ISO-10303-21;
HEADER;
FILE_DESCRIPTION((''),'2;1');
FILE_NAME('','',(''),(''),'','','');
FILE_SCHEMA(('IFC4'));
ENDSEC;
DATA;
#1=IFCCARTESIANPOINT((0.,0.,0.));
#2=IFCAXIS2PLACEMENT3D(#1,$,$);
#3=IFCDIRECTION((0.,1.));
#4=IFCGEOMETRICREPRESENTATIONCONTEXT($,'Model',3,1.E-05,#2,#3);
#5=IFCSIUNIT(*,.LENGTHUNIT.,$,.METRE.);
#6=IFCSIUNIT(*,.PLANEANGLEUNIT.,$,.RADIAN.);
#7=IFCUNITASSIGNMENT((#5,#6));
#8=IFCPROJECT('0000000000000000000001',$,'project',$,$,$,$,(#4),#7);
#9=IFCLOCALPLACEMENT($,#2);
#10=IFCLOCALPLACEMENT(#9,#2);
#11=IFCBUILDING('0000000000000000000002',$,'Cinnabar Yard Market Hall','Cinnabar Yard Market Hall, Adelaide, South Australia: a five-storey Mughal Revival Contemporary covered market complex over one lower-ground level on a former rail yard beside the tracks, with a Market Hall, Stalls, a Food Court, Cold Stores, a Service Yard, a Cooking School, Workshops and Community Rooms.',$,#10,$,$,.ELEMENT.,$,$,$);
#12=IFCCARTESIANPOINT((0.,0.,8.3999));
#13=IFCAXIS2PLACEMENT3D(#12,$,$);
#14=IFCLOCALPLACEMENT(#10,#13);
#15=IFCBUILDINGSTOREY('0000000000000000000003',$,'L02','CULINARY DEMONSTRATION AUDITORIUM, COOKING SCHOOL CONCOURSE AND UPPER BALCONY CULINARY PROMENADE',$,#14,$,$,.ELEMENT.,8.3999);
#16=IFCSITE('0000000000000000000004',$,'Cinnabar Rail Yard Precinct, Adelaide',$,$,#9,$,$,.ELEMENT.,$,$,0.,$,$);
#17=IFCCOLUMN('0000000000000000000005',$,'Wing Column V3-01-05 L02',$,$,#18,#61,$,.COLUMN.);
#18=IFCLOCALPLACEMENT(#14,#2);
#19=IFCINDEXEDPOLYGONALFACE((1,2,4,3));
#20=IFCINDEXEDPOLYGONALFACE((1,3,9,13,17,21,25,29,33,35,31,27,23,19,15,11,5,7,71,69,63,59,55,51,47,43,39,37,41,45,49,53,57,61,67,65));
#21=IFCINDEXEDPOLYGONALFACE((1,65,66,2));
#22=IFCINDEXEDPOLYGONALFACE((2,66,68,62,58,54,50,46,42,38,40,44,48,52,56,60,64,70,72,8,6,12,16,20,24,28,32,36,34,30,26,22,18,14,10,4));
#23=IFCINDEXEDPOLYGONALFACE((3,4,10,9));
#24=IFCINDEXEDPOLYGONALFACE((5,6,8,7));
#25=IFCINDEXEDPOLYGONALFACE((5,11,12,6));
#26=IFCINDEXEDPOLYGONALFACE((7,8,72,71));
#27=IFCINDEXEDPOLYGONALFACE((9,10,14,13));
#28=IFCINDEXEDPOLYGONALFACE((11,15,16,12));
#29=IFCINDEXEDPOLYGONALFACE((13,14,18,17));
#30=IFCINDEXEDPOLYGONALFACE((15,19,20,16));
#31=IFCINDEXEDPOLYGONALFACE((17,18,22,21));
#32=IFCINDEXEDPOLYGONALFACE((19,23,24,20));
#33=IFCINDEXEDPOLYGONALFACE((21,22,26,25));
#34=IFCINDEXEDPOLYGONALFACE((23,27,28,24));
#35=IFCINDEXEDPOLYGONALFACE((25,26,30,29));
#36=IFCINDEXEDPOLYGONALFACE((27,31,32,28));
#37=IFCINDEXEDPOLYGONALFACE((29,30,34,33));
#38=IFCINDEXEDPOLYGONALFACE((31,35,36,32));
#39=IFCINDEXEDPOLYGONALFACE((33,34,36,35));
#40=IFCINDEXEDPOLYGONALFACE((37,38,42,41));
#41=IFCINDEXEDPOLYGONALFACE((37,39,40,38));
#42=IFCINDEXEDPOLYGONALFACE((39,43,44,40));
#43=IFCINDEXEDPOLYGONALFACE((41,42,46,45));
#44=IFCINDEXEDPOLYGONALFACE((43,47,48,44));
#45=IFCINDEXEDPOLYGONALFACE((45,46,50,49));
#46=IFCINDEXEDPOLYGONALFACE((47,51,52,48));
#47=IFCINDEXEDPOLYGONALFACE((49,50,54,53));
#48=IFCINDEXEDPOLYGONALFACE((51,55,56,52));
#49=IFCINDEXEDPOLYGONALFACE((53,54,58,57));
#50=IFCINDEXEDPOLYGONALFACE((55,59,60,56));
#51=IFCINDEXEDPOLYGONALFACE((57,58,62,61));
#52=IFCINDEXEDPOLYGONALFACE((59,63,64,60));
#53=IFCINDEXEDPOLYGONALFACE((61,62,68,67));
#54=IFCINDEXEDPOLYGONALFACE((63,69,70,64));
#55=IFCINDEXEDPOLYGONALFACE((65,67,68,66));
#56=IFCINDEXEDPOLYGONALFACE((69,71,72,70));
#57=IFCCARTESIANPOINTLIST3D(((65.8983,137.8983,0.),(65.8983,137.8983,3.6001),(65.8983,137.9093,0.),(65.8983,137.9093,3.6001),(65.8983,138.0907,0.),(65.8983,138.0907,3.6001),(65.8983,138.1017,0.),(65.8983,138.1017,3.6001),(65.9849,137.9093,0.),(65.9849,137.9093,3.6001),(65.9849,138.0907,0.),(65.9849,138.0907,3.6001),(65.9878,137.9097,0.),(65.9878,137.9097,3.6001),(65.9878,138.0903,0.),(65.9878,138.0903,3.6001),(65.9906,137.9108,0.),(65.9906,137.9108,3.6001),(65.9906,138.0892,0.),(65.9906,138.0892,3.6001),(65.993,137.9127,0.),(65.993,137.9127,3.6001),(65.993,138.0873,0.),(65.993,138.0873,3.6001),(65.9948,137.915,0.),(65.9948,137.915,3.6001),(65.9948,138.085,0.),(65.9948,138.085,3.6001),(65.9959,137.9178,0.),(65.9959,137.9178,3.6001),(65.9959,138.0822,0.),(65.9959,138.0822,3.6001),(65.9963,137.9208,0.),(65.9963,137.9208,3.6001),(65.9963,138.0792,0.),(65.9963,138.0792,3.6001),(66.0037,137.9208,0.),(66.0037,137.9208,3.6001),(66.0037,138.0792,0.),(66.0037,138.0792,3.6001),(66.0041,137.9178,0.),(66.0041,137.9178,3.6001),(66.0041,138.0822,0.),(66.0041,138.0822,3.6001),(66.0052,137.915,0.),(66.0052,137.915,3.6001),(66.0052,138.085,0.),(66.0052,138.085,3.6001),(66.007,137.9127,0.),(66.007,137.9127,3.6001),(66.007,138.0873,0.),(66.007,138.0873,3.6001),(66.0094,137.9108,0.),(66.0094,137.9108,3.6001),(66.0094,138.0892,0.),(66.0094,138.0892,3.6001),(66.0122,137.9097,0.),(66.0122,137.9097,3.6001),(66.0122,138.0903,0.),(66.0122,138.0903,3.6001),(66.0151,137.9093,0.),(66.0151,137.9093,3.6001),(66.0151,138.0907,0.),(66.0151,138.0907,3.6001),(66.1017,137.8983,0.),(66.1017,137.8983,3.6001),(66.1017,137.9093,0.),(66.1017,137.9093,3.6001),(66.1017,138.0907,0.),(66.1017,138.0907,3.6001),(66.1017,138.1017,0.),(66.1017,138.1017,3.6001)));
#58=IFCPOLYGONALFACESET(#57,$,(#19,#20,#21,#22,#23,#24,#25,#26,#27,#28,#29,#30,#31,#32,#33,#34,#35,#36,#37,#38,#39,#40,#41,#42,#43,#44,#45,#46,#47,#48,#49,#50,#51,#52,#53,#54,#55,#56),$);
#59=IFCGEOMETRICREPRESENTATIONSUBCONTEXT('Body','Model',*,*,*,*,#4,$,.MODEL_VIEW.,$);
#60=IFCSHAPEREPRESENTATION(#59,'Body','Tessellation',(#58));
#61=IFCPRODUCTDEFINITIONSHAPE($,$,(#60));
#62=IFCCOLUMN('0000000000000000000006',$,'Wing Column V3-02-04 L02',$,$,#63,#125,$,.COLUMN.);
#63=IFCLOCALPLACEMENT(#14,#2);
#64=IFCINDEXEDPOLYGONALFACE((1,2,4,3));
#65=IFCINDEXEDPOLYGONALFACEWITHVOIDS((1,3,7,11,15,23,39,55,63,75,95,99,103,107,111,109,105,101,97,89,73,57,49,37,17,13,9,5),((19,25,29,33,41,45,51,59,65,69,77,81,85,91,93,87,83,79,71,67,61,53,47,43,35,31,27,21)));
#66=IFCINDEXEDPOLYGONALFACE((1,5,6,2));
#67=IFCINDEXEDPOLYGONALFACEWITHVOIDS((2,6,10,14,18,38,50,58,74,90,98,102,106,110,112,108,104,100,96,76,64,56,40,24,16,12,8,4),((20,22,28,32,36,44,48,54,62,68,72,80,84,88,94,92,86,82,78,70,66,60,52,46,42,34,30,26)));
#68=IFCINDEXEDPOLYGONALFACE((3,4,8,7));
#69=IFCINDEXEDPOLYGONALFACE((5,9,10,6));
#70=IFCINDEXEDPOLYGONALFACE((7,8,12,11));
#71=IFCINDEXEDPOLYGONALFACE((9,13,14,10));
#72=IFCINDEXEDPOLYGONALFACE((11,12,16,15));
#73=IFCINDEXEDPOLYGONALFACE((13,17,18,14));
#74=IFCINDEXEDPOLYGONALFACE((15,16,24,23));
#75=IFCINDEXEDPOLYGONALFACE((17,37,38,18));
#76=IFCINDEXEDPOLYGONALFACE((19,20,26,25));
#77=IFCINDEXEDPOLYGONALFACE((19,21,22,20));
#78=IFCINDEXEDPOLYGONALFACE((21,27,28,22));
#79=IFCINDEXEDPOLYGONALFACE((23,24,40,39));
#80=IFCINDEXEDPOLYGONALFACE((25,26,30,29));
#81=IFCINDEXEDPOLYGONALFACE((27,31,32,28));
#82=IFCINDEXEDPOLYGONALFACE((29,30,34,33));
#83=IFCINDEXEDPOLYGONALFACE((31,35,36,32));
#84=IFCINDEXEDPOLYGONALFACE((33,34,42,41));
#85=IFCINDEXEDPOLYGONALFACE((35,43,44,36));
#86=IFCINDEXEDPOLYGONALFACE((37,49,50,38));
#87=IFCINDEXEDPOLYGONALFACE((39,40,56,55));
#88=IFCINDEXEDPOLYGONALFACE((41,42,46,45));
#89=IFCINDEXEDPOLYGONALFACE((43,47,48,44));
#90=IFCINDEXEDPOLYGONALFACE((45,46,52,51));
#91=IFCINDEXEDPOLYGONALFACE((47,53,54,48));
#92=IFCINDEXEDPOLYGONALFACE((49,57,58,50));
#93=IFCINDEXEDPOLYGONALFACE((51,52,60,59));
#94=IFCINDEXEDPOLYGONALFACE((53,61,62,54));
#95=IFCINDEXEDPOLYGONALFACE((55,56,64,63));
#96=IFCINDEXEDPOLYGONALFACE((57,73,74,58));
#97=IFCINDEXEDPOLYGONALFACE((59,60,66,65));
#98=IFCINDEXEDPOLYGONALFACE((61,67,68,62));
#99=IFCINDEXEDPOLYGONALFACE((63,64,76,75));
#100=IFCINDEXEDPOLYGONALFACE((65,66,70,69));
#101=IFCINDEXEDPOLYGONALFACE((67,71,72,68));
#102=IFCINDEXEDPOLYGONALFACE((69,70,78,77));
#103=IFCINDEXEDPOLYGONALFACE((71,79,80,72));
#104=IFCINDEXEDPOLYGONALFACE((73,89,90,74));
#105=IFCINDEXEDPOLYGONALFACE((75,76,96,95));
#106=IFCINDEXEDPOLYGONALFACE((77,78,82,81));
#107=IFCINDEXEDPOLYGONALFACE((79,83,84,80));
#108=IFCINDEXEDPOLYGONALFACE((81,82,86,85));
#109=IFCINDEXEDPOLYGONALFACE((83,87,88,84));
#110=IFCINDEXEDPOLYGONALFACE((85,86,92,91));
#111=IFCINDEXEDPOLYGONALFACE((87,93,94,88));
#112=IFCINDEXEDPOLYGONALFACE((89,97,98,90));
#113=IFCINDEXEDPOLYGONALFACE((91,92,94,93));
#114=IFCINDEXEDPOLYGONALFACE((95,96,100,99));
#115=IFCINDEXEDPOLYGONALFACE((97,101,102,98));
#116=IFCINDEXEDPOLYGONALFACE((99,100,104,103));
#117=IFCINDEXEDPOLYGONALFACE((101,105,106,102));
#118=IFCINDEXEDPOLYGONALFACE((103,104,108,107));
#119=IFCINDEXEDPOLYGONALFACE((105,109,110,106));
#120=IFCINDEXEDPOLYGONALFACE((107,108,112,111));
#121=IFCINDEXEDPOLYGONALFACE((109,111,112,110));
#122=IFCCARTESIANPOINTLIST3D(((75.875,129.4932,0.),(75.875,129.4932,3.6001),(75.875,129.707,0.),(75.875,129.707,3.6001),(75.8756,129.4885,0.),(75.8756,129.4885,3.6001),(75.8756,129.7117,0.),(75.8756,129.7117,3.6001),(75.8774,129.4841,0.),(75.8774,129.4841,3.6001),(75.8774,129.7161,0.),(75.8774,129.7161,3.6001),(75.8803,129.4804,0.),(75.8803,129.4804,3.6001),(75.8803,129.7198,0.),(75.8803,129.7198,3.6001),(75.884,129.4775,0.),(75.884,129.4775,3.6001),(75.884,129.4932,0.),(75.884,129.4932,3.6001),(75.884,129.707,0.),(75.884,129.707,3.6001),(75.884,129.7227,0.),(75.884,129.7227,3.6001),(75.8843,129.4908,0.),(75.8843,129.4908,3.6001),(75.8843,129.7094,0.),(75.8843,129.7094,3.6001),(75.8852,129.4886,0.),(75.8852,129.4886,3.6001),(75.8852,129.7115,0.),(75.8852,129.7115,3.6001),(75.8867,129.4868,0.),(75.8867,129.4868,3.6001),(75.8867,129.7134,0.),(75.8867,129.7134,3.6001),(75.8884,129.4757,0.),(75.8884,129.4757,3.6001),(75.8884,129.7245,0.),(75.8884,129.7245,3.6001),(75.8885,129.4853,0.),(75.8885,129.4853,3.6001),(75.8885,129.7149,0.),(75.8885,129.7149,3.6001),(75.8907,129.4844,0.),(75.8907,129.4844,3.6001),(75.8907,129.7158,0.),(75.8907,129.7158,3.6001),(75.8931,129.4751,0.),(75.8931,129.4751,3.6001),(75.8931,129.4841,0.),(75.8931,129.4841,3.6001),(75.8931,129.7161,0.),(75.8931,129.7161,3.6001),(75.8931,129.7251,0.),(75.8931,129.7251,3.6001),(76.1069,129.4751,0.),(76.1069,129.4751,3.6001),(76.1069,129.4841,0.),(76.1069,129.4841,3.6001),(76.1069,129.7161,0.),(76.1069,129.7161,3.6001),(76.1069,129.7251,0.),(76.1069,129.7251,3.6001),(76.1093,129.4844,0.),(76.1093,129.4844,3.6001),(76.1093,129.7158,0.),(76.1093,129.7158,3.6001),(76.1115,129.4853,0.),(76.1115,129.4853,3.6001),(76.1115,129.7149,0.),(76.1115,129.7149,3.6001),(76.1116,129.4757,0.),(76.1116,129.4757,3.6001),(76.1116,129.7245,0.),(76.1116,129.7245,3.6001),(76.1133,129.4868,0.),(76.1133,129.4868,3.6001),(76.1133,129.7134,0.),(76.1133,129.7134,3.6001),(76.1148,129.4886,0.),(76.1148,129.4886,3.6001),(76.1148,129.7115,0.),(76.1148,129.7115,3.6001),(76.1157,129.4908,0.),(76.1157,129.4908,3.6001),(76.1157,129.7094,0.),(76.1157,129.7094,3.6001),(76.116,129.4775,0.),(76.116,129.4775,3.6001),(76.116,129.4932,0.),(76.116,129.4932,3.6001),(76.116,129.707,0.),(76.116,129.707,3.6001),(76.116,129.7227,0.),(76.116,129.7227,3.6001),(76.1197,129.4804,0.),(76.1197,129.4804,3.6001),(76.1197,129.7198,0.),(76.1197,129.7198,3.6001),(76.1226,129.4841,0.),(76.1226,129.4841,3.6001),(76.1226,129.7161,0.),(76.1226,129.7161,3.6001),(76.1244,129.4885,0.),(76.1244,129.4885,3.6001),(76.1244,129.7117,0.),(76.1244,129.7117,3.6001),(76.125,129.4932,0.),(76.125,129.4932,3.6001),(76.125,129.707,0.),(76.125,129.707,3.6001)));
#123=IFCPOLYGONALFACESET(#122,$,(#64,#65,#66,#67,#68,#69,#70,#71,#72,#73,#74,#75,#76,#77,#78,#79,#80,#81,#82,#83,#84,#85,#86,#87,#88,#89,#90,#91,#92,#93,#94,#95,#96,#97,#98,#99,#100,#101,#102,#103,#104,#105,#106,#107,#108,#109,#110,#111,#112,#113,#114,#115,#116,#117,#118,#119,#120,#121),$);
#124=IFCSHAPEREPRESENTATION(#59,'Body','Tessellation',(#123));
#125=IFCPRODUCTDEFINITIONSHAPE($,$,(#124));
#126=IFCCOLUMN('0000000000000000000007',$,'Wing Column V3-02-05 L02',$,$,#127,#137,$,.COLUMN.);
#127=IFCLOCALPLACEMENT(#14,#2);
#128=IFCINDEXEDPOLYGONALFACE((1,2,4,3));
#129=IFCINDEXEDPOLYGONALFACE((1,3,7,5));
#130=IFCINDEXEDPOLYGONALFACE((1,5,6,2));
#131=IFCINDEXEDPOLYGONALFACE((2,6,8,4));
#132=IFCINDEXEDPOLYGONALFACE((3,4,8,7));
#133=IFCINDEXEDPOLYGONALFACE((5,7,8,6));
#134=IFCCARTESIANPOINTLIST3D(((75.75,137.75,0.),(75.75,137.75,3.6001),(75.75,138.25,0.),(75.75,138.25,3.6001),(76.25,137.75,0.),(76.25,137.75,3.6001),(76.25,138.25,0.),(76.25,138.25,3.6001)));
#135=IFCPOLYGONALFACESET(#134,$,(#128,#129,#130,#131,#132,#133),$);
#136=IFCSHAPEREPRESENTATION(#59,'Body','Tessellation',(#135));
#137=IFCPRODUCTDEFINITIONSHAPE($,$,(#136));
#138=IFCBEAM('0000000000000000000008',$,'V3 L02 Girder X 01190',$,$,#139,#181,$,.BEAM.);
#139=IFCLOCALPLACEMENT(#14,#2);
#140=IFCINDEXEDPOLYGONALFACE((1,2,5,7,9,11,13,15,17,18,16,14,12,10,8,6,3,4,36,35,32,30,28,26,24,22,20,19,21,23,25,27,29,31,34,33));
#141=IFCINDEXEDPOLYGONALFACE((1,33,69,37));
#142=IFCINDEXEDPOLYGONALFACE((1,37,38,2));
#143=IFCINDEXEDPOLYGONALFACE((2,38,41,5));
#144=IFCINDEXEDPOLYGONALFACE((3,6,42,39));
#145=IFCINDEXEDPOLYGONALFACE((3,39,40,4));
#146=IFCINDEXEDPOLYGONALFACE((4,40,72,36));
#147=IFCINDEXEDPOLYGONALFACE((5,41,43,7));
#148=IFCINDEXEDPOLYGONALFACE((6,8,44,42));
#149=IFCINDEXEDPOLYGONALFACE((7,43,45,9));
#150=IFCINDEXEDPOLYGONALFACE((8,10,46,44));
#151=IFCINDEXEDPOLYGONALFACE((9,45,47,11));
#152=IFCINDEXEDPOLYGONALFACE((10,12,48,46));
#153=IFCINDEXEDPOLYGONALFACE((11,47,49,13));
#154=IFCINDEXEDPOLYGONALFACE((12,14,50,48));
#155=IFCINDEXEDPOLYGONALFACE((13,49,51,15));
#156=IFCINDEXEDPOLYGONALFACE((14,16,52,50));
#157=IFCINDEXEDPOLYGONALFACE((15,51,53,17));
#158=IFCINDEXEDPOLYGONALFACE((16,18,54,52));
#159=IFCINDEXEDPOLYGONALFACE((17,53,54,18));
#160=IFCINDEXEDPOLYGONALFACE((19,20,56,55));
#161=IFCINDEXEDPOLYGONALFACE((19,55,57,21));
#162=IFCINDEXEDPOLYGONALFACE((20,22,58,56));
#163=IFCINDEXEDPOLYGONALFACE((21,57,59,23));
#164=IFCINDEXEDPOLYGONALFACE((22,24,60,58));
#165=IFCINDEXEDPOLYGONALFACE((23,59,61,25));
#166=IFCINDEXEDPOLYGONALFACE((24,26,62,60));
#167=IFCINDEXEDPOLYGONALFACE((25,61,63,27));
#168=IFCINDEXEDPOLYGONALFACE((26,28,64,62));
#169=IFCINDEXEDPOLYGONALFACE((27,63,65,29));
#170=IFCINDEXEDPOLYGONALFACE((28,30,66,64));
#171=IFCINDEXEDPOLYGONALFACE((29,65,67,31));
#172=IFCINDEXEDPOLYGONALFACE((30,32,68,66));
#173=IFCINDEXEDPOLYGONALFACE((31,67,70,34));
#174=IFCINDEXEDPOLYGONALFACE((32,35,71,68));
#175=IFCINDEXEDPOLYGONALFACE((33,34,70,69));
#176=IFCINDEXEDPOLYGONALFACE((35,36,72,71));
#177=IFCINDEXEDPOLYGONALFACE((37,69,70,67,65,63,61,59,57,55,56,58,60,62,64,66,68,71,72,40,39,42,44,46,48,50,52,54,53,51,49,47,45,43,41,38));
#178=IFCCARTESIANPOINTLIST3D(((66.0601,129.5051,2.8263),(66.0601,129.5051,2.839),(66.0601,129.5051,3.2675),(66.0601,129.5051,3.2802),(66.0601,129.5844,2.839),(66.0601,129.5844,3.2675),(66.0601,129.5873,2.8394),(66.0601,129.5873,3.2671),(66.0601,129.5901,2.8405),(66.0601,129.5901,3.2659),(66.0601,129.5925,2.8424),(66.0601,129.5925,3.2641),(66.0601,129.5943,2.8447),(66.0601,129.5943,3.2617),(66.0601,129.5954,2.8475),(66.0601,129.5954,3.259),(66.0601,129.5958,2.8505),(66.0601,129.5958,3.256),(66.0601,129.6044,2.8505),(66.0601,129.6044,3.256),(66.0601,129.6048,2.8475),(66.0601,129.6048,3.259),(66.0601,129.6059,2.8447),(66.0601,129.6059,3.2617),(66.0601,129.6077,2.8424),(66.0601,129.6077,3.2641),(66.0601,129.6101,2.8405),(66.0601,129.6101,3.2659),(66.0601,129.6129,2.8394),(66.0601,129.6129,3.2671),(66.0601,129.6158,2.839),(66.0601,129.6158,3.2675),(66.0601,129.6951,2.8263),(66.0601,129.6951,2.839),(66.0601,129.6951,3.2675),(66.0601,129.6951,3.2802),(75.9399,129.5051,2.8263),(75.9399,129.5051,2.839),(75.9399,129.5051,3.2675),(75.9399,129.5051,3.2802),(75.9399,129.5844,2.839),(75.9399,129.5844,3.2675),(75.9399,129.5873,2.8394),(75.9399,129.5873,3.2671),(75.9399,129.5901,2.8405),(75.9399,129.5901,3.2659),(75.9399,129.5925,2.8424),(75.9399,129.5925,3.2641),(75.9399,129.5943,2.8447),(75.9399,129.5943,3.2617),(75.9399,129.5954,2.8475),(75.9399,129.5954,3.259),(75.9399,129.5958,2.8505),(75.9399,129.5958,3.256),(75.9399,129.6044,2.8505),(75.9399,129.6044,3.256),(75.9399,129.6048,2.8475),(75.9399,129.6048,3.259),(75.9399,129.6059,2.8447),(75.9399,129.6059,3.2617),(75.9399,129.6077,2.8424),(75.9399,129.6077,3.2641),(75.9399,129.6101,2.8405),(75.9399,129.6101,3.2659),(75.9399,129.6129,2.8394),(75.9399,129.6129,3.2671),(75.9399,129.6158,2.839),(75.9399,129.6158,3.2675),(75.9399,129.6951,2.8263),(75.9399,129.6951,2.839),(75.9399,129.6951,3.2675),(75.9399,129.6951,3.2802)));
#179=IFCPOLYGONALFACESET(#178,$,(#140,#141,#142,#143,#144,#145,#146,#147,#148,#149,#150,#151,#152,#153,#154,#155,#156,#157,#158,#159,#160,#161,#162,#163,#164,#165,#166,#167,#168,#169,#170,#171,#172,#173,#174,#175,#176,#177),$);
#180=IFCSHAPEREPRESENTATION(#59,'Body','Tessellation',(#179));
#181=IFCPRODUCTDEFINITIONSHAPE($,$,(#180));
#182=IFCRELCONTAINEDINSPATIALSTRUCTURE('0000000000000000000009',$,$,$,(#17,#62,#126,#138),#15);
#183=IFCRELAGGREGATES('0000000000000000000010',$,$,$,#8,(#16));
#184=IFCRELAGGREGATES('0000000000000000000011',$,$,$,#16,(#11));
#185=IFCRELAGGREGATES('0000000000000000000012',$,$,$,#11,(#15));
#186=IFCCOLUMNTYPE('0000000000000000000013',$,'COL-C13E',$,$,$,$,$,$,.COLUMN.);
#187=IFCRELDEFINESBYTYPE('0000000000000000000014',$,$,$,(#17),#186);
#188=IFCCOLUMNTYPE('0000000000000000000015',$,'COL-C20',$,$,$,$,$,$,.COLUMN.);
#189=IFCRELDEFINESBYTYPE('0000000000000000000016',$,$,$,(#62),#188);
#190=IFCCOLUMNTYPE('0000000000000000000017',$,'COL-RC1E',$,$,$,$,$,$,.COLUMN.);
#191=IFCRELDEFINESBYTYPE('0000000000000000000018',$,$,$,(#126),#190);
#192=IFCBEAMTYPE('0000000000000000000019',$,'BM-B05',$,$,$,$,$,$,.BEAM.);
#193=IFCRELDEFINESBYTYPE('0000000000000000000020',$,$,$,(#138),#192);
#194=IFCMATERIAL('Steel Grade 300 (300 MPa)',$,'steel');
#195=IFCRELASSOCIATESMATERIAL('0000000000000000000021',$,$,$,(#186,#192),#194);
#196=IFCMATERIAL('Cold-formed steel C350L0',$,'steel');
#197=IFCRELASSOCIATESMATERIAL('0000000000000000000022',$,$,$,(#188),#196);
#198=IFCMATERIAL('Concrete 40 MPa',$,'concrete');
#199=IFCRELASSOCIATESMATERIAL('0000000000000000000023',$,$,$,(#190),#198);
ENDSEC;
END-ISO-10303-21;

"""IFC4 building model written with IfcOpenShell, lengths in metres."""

from ifc_helpers import new_model, si_unit, direction, frame, origin, origin_2d_with_axis, place, context, subcontext, project, spatial, rectangle, hollow_rectangle, i_section, extrude, material, material_profile, profile_set, type_object, element, save


model = new_model("IFC4")

# Units and contexts
model_context = context("Model", 3, precision=1e-05, world=origin(), true_north=direction((0.0, 1.0)))
body_context = subcontext(model_context, "Body", "Model", "MODEL_VIEW")
ifc_project = project(units=[si_unit("LENGTHUNIT", "METRE"), si_unit("PLANEANGLEUNIT", "RADIAN")], contexts=[model_context])

# Site, building, storey
site_placement = place(None, origin())
site = spatial("IfcSite", under=ifc_project, at=site_placement, Name="Cinnabar Rail Yard Precinct, Adelaide", CompositionType="ELEMENT", RefElevation=0.0)
building_placement = place(site_placement, origin())
building = spatial("IfcBuilding", under=site, at=building_placement, Name="Cinnabar Yard Market Hall", Description="Cinnabar Yard Market Hall, Adelaide, South Australia: a five-storey Mughal Revival Contemporary covered market complex over one lower-ground level on a former rail yard beside the tracks, with a Market Hall, Stalls, a Food Court, Cold Stores, a Service Yard, a Cooking School, Workshops and Community Rooms.", CompositionType="ELEMENT")
storey_placement = place(building_placement, frame((0.0, 0.0, 8.3999)))
storey = spatial("IfcBuildingStorey", under=building, at=storey_placement, Name="L02", Description="CULINARY DEMONSTRATION AUDITORIUM, COOKING SCHOOL CONCOURSE AND UPPER BALCONY CULINARY PROMENADE", CompositionType="ELEMENT", Elevation=8.3999)

# Columns
ifc_material_1 = material(Name="Steel Grade 300 (300 MPa)", Category="steel")
ifc_material_profile_1 = material_profile(ifc_material_1, i_section(OverallWidth=0.2034, OverallDepth=0.2034, WebThickness=0.0073, FlangeThickness=0.011, FilletRadius=0.0115, at=origin_2d_with_axis()), Name="200UC46.2")
ifc_profile_set_1 = profile_set([ifc_material_profile_1], Name="Steel Grade 300 (300 MPa)")
column_type_1 = type_object("IfcColumnType", Name="COL-C13E", PredefinedType="COLUMN", material=ifc_profile_set_1)
column_1_placement = place(storey_placement, frame((66.0, 138.0, 0.0), z_axis=(0.0, 0.0, 1.0), x_axis=(1.0, 0.0, 0.0)))
element("IfcColumn", 1, at=column_1_placement, inside=storey, type_object=column_type_1, Name="Wing Column V3-01-05 L02", PredefinedType="COLUMN", context=body_context, shape_type="SweptSolid", body=[
    extrude(i_section(OverallWidth=0.2034, OverallDepth=0.2034, WebThickness=0.0073, FlangeThickness=0.011, FilletRadius=0.0115, at=origin_2d_with_axis()), origin(), (0.0, 0.0, 1.0), 3.6001),
])
ifc_material_2 = material(Name="Cold-formed steel C350L0", Category="steel")
ifc_material_profile_2 = material_profile(ifc_material_2, hollow_rectangle(XDim=0.25, YDim=0.25, WallThickness=0.009, InnerFilletRadius=0.009, OuterFilletRadius=0.0181, at=origin_2d_with_axis()), Name="250x250x9.0SHS")
ifc_profile_set_2 = profile_set([ifc_material_profile_2], Name="Cold-formed steel C350L0")
column_type_2 = type_object("IfcColumnType", Name="COL-C20", PredefinedType="COLUMN", material=ifc_profile_set_2)
column_2_placement = place(storey_placement, frame((76.0, 129.6001, 0.0), z_axis=(0.0, 0.0, 1.0), x_axis=(1.0, 0.0, 0.0)))
element("IfcColumn", 2, at=column_2_placement, inside=storey, type_object=column_type_2, Name="Wing Column V3-02-04 L02", PredefinedType="COLUMN", context=body_context, shape_type="SweptSolid", body=[
    extrude(hollow_rectangle(XDim=0.25, YDim=0.25, WallThickness=0.009, InnerFilletRadius=0.009, OuterFilletRadius=0.0181, at=origin_2d_with_axis()), origin(), (0.0, 0.0, 1.0), 3.6001),
])
ifc_material_3 = material(Name="Concrete 40 MPa", Category="concrete")
ifc_material_profile_3 = material_profile(ifc_material_3, rectangle(XDim=0.5, YDim=0.5, at=origin_2d_with_axis()), Name="RC-500x500")
ifc_profile_set_3 = profile_set([ifc_material_profile_3], Name="Concrete 40 MPa")
column_type_3 = type_object("IfcColumnType", Name="COL-RC1E", PredefinedType="COLUMN", material=ifc_profile_set_3)
column_3_placement = place(storey_placement, frame((76.0, 138.0, 0.0), z_axis=(0.0, 0.0, 1.0), x_axis=(1.0, 0.0, 0.0)))
element("IfcColumn", 3, at=column_3_placement, inside=storey, type_object=column_type_3, Name="Wing Column V3-02-05 L02", PredefinedType="COLUMN", context=body_context, shape_type="SweptSolid", body=[
    extrude(rectangle(XDim=0.5, YDim=0.5, at=origin_2d_with_axis()), origin(), (0.0, 0.0, 1.0), 3.6001),
])

# Beam
ifc_material_profile_4 = material_profile(ifc_material_1, i_section(OverallWidth=0.1899, OverallDepth=0.4539, WebThickness=0.0085, FlangeThickness=0.0127, FilletRadius=0.0115, at=origin_2d_with_axis()), Name="460UB67.1")
ifc_profile_set_4 = profile_set([ifc_material_profile_4], Name="Steel Grade 300 (300 MPa)")
beam_type_1 = type_object("IfcBeamType", Name="BM-B05", PredefinedType="BEAM", material=ifc_profile_set_4)
for number, where, z_axis, x_axis, name in (
    (4, (66.0601, 129.6001, 3.0532), (1.0, 0.0, 0.0), (0.0, 1.0, 0.0), "V3 L02 Girder X 01190"),
):
    element("IfcBeam", number, at=place(storey_placement, frame(where, z_axis=z_axis, x_axis=x_axis)), inside=storey, type_object=beam_type_1, Name=name, PredefinedType="BEAM", context=body_context, shape_type="SweptSolid", body=[
        extrude(i_section(OverallWidth=0.1899, OverallDepth=0.4539, WebThickness=0.0085, FlangeThickness=0.0127, FilletRadius=0.0115, at=origin_2d_with_axis()), origin(), (0.0, 0.0, 1.0), 9.8799),
    ])

save(model, "model.ifc")
